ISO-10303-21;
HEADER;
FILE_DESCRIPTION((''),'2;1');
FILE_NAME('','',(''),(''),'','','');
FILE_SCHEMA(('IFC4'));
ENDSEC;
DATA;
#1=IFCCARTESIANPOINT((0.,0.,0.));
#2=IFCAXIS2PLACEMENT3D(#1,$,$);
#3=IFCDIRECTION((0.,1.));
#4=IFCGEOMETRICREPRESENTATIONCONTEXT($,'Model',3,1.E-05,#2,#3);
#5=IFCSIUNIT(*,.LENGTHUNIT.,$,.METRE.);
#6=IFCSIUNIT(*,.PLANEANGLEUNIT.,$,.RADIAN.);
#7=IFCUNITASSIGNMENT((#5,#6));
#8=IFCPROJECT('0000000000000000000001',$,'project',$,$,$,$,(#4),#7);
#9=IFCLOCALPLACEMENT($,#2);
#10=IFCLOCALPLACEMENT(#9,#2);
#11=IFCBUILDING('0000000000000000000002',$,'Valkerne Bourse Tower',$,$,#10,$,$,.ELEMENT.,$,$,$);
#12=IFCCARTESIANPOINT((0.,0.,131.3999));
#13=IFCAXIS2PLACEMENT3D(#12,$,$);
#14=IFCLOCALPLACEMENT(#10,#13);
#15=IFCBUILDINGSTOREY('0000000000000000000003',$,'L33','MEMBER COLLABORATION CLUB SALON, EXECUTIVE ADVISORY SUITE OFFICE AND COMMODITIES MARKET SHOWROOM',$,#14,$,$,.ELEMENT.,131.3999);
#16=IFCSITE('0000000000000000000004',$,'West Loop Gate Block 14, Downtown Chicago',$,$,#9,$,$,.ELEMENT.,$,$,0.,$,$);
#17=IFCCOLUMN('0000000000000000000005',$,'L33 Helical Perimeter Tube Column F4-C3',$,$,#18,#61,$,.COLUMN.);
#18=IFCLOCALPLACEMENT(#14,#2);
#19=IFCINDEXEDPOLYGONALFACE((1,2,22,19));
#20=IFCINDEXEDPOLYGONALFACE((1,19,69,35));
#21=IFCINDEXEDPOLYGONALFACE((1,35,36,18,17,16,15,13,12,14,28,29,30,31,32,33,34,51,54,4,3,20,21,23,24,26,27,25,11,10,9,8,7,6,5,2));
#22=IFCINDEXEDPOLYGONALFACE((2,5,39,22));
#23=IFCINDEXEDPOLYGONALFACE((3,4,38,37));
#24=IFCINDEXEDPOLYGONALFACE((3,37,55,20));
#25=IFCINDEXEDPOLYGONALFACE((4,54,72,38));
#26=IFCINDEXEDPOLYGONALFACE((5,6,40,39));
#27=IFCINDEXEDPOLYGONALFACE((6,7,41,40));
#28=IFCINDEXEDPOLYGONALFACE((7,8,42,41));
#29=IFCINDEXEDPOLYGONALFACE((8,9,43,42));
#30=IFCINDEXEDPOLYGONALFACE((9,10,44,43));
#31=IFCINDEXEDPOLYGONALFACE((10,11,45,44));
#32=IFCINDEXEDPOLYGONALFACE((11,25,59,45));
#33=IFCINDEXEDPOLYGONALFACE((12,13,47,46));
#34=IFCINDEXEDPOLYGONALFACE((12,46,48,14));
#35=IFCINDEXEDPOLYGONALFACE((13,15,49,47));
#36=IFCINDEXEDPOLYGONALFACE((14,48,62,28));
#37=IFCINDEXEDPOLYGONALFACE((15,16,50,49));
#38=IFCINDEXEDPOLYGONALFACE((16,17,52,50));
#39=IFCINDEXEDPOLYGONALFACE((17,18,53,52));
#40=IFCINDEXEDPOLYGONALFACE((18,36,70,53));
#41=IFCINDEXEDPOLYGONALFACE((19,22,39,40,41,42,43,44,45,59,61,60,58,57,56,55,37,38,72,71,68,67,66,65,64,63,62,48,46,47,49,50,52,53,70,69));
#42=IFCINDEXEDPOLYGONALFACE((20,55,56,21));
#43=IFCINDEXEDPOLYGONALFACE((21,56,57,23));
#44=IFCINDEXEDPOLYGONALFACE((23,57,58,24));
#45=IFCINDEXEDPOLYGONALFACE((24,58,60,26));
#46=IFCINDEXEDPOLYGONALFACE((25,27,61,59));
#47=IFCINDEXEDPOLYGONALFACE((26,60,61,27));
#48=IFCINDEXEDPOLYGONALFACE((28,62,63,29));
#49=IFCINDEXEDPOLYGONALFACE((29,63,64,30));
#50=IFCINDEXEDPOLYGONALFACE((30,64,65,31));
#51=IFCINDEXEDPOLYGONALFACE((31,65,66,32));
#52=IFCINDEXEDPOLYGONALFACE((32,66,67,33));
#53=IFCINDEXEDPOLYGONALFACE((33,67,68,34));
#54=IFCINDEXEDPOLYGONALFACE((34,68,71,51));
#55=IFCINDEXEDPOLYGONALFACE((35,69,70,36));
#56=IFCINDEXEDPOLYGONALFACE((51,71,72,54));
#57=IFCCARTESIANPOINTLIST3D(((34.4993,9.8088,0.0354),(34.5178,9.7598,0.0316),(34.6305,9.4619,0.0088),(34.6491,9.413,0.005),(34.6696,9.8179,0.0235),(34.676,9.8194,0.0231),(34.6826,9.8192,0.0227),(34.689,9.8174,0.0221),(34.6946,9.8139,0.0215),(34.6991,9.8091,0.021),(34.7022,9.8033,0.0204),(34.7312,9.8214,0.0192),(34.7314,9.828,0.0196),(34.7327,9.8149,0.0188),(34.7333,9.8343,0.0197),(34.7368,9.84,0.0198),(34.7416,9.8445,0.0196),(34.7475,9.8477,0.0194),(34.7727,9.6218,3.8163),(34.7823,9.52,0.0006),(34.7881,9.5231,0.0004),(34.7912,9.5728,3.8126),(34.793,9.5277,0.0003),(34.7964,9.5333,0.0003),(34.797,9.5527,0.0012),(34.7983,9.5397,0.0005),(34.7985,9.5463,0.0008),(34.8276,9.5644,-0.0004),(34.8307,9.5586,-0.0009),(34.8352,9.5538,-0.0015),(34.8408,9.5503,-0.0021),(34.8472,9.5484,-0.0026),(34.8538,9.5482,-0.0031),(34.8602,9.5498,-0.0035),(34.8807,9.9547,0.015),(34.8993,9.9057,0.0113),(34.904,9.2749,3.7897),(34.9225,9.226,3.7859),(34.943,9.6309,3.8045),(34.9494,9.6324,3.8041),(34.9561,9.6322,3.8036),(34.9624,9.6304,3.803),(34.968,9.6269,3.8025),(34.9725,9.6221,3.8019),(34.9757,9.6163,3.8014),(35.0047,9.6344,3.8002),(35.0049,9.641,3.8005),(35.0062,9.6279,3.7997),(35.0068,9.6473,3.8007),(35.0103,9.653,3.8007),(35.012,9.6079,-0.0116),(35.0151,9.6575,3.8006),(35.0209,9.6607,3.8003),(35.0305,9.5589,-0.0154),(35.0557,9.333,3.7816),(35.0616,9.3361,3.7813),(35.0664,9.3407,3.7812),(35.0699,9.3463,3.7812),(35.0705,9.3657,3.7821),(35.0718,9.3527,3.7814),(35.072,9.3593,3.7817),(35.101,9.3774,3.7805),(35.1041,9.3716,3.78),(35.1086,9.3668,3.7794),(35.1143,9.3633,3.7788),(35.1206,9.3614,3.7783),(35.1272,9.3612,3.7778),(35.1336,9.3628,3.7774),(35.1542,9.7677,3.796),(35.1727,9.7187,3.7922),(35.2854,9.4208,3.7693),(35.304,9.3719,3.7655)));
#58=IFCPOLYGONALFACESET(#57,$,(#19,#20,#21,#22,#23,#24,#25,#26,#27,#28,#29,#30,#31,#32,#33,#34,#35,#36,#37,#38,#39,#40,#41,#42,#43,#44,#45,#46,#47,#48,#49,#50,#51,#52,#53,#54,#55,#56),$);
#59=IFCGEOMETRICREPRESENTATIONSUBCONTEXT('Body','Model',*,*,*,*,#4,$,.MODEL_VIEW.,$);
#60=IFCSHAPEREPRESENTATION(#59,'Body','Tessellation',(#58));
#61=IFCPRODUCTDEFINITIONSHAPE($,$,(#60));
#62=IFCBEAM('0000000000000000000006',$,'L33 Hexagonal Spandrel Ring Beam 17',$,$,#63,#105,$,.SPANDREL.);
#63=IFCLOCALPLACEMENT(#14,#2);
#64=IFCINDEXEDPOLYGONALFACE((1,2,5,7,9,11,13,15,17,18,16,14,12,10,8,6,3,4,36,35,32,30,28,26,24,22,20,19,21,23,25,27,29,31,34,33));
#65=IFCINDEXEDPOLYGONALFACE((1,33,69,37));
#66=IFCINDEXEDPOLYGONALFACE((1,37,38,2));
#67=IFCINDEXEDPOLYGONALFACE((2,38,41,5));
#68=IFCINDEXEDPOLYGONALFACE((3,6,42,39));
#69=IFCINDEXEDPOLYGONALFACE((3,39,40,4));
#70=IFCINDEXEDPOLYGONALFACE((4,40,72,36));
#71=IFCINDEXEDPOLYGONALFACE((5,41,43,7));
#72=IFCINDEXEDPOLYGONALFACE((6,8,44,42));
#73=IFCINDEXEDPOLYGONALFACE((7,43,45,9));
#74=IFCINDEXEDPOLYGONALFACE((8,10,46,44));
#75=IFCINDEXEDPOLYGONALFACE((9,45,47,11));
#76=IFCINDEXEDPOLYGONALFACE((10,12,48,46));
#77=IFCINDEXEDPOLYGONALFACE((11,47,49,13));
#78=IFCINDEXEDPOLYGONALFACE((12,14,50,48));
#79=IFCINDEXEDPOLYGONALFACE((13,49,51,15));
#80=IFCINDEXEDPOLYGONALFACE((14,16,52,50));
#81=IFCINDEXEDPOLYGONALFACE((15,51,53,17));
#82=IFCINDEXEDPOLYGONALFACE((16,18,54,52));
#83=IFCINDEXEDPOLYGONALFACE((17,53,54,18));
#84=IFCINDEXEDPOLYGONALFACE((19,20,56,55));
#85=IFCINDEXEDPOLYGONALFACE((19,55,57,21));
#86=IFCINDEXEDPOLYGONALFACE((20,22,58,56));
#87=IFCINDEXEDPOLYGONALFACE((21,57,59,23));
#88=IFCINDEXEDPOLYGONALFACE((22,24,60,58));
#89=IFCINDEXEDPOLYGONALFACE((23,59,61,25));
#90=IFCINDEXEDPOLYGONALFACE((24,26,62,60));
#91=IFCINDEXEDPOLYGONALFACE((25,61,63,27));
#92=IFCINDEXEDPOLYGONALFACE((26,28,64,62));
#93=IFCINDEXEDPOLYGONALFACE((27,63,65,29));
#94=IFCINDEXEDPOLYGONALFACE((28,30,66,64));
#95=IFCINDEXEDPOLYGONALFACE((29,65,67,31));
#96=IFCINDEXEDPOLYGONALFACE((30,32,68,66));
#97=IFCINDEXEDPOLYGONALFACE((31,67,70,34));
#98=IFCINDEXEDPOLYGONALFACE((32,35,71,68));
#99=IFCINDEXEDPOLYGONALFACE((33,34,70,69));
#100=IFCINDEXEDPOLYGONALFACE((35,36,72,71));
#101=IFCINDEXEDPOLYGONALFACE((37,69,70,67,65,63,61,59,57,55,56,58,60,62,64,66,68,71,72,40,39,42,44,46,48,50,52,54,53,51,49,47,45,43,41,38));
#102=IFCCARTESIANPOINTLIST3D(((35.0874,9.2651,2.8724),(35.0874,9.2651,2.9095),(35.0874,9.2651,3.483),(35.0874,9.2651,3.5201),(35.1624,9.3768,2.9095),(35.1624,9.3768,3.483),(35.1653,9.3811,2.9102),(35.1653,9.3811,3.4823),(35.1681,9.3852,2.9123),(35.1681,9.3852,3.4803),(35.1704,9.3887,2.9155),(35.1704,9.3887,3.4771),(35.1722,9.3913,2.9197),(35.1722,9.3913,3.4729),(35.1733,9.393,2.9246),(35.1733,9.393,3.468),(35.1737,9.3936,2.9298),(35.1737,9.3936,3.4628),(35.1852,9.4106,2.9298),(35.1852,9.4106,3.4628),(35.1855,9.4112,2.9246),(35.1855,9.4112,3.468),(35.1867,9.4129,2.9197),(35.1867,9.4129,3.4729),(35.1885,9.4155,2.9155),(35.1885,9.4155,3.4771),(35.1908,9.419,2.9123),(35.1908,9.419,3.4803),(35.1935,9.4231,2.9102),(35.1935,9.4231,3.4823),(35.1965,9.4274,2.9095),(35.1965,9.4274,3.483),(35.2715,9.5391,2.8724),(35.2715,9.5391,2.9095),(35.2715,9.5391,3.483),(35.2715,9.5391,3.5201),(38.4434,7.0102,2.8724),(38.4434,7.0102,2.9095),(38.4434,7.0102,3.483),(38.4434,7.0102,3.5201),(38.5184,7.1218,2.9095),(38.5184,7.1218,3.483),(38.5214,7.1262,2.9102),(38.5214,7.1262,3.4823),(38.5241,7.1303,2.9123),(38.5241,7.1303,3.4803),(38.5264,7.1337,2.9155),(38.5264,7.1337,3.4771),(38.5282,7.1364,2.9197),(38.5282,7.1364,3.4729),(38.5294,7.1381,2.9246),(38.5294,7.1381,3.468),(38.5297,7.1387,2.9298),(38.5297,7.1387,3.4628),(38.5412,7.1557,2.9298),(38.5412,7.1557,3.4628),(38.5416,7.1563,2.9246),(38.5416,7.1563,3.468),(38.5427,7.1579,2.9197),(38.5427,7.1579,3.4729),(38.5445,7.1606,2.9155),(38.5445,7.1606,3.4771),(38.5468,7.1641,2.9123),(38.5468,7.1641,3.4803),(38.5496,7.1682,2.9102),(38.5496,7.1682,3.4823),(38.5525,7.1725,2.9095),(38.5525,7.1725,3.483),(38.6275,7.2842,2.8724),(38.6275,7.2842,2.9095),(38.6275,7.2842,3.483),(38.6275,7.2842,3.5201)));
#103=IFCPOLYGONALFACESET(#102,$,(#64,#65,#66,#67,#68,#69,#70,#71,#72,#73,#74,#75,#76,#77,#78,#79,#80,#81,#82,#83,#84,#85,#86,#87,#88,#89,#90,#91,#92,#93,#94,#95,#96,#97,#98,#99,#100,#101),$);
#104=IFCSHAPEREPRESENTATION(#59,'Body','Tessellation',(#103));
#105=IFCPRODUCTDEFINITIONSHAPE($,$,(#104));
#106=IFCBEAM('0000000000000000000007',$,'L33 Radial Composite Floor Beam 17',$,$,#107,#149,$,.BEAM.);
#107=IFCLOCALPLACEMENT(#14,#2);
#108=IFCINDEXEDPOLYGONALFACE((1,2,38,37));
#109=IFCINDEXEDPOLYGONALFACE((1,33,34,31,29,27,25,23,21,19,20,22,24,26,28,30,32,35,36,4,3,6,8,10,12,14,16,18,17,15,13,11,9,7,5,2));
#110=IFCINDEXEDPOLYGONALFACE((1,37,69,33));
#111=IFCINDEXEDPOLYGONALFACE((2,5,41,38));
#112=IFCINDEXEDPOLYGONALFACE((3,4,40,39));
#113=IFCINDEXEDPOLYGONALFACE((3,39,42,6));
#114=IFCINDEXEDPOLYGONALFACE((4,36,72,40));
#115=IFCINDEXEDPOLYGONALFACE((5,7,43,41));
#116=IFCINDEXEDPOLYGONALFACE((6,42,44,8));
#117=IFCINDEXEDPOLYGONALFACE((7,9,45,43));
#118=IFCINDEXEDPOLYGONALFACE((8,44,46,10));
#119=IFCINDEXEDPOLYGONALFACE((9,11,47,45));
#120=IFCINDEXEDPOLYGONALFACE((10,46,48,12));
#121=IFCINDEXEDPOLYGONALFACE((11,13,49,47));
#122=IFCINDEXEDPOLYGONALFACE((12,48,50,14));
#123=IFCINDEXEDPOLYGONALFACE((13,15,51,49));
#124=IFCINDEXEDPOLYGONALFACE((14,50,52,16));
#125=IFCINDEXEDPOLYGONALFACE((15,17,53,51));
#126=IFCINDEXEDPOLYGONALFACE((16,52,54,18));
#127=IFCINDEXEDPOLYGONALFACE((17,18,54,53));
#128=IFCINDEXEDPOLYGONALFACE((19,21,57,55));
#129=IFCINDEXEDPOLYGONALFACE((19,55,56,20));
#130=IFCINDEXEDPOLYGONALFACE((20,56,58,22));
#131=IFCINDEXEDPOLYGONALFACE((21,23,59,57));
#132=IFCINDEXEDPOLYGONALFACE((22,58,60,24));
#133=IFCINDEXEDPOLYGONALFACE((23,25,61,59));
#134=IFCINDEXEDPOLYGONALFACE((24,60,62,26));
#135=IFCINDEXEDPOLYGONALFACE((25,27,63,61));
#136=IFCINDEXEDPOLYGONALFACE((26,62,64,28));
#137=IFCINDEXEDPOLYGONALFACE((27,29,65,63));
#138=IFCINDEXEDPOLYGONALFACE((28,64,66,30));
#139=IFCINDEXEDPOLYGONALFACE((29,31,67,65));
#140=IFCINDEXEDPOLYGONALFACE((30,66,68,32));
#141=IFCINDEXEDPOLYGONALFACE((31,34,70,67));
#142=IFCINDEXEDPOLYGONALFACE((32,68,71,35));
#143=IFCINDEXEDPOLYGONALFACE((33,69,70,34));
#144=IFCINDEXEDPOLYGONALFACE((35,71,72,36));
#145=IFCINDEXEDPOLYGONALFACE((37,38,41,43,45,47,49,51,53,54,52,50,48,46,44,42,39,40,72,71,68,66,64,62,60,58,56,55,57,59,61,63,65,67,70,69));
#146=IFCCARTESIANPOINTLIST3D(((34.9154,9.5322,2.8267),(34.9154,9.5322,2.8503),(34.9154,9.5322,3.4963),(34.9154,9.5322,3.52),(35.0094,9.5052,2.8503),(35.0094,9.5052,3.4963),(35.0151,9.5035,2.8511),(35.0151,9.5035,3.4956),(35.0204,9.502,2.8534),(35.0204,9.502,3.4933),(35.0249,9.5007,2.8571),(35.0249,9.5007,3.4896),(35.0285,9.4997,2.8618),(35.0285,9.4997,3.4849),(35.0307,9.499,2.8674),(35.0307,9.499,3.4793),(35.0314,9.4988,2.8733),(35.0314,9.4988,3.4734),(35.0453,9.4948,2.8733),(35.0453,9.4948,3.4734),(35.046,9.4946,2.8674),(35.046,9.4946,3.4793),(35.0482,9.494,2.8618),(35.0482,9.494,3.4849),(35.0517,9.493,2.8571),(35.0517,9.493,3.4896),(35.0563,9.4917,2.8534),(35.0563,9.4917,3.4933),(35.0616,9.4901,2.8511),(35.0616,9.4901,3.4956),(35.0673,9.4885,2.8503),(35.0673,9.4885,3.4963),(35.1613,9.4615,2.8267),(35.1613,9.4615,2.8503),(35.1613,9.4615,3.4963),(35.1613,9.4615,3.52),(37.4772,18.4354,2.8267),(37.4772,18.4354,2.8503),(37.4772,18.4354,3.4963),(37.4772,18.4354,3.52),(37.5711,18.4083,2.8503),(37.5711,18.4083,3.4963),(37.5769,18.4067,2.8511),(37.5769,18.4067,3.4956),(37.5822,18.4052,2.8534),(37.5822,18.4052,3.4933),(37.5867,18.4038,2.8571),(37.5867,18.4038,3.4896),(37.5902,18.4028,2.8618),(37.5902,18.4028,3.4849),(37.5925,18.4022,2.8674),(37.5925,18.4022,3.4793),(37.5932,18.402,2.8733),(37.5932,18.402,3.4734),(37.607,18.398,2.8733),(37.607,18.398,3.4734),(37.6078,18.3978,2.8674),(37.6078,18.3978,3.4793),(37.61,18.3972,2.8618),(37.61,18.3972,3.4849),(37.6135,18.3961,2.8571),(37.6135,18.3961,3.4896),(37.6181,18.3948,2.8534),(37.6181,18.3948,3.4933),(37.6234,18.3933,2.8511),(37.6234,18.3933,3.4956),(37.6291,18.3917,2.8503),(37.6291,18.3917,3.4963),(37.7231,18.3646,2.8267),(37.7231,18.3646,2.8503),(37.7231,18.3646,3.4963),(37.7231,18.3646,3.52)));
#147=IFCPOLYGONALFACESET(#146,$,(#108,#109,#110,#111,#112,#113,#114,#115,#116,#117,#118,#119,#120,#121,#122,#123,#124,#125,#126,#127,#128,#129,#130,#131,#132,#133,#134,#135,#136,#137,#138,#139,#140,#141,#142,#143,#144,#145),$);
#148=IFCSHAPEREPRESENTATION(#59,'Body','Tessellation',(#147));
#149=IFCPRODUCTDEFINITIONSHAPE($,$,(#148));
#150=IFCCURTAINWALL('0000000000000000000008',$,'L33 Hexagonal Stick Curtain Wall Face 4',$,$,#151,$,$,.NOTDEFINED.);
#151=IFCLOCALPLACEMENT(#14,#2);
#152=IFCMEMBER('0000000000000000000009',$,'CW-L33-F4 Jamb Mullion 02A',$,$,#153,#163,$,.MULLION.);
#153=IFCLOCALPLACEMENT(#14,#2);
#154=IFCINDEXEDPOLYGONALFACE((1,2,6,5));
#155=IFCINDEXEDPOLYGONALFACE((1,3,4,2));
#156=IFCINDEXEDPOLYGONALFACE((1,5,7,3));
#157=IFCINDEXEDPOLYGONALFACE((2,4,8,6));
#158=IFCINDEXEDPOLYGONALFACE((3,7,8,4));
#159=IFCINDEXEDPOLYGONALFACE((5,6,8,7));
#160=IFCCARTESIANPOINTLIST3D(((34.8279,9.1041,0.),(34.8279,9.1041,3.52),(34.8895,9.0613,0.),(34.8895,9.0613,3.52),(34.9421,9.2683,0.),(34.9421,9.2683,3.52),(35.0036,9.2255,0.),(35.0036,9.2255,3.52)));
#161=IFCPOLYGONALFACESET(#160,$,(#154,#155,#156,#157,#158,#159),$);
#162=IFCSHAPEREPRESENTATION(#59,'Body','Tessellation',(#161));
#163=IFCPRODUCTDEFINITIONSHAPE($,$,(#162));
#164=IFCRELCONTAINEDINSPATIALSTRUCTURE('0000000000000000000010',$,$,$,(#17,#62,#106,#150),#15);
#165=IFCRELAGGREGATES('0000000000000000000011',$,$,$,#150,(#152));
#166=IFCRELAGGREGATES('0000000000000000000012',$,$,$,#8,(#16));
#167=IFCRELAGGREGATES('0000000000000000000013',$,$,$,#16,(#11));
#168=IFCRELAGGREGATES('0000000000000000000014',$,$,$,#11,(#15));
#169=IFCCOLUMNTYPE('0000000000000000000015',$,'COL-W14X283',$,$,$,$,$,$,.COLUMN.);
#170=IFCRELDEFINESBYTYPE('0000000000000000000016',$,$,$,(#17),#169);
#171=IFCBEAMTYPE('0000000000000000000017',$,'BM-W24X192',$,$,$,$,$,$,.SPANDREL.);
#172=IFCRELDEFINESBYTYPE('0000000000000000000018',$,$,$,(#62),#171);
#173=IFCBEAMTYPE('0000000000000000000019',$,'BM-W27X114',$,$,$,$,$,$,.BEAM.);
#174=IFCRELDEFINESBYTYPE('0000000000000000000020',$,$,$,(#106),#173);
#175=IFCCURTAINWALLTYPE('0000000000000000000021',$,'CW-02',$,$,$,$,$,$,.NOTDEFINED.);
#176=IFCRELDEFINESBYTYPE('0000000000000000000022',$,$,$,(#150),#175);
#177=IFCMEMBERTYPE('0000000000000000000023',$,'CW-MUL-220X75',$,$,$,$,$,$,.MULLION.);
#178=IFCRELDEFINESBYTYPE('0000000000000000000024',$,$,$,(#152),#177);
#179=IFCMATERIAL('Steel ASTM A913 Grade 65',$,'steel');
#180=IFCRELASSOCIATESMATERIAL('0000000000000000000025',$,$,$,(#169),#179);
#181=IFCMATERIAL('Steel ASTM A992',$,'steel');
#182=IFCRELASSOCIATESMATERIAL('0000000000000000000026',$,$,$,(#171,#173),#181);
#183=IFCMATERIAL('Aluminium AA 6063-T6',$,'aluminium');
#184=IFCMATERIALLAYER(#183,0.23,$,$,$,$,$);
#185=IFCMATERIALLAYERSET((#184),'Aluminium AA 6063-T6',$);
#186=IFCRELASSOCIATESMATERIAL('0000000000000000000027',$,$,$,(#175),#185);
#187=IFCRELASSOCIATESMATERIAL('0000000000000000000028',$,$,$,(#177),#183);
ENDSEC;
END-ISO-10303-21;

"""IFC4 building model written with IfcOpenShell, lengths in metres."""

from ifc_helpers import new_model, si_unit, direction, frame, origin, origin_2d, place, context, subcontext, project, spatial, rectangle, i_section, extrude, material, layer, layer_set, material_profile, profile_set, type_object, element, aggregate, save


model = new_model("IFC4")

# Units and contexts
model_context = context("Model", 3, precision=1e-05, world=origin(), true_north=direction((0.0, 1.0)))
body_context = subcontext(model_context, "Body", "Model", "MODEL_VIEW")
ifc_project = project(units=[si_unit("LENGTHUNIT", "METRE"), si_unit("PLANEANGLEUNIT", "RADIAN")], contexts=[model_context])

# Site, building, storey
site_placement = place(None, origin())
site = spatial("IfcSite", under=ifc_project, at=site_placement, Name="West Loop Gate Block 14, Downtown Chicago", CompositionType="ELEMENT", RefElevation=0.0)
building_placement = place(site_placement, origin())
building = spatial("IfcBuilding", under=site, at=building_placement, Name="Valkerne Bourse Tower", CompositionType="ELEMENT")
storey_placement = place(building_placement, frame((0.0, 0.0, 131.3999)))
storey = spatial("IfcBuildingStorey", under=building, at=storey_placement, Name="L33", Description="MEMBER COLLABORATION CLUB SALON, EXECUTIVE ADVISORY SUITE OFFICE AND COMMODITIES MARKET SHOWROOM", CompositionType="ELEMENT", Elevation=131.3999)

# Column
ifc_material_1 = material(Name="Steel ASTM A913 Grade 65", Category="steel")
ifc_material_profile_1 = material_profile(ifc_material_1, i_section(OverallWidth=0.4089, OverallDepth=0.4243, WebThickness=0.0327, FlangeThickness=0.0525, FilletRadius=0.0254, at=origin_2d()), Name="W14X283")
ifc_profile_set_1 = profile_set([ifc_material_profile_1], Name="Steel ASTM A913 Grade 65")
column_type = type_object("IfcColumnType", Name="COL-W14X283", PredefinedType="COLUMN", material=ifc_profile_set_1)
column_placement = place(storey_placement, frame((34.7649, 9.6838, 0.01), z_axis=(0.072043, -0.049272, 0.996184), x_axis=(0.932838, 0.356837, -0.049812)))
element("IfcColumn", 1, at=column_placement, inside=storey, type_object=column_type, Name="L33 Helical Perimeter Tube Column F4-C3", PredefinedType="COLUMN", context=body_context, shape_type="SweptSolid", body=[
    extrude(i_section(OverallWidth=0.4089, OverallDepth=0.4243, WebThickness=0.0327, FlangeThickness=0.0525, FilletRadius=0.0254, at=origin_2d()), origin(), (0.0, 0.0, 1.0), 3.7954),
])

# Beams
ifc_material_2 = material(Name="Steel ASTM A992", Category="steel")
ifc_material_profile_2 = material_profile(ifc_material_2, i_section(OverallWidth=0.3301, OverallDepth=0.6477, WebThickness=0.0205, FlangeThickness=0.0371, FilletRadius=0.0203, at=origin_2d()), Name="W24X192")
ifc_profile_set_2 = profile_set([ifc_material_profile_2], Name="Steel ASTM A992")
beam_type_1 = type_object("IfcBeamType", Name="BM-W24X192", PredefinedType="SPANDREL", material=ifc_profile_set_2)
beam_1_placement = place(storey_placement, frame((35.1794, 9.4021, 3.1963), z_axis=(0.830038, -0.557706, 0.0), x_axis=(0.557706, 0.830038, 0.0)))
element("IfcBeam", 2, at=beam_1_placement, inside=storey, type_object=beam_type_1, Name="L33 Hexagonal Spandrel Ring Beam 17", PredefinedType="SPANDREL", context=body_context, shape_type="SweptSolid", body=[
    extrude(i_section(OverallWidth=0.3301, OverallDepth=0.6477, WebThickness=0.0205, FlangeThickness=0.0371, FilletRadius=0.0203, at=origin_2d()), origin(), (0.0, 0.0, 1.0), 4.0432),
])
ifc_material_profile_3 = material_profile(ifc_material_2, i_section(OverallWidth=0.2559, OverallDepth=0.6934, WebThickness=0.0144, FlangeThickness=0.0237, FilletRadius=0.0229, at=origin_2d()), Name="W27X114")
ifc_profile_set_3 = profile_set([ifc_material_profile_3], Name="Steel ASTM A992")
beam_type_2 = type_object("IfcBeamType", Name="BM-W27X114", PredefinedType="BEAM", material=ifc_profile_set_3)
beam_2_placement = place(storey_placement, frame((35.0383, 9.4968, 3.1733), z_axis=(0.27652, 0.961008, 0.0), x_axis=(-0.961008, 0.27652, 0.0)))
element("IfcBeam", 3, at=beam_2_placement, inside=storey, type_object=beam_type_2, Name="L33 Radial Composite Floor Beam 17", PredefinedType="BEAM", context=body_context, shape_type="SweptSolid", body=[
    extrude(i_section(OverallWidth=0.2559, OverallDepth=0.6934, WebThickness=0.0144, FlangeThickness=0.0237, FilletRadius=0.0229, at=origin_2d()), origin(), (0.0, 0.0, 1.0), 9.2644),
])

# Curtain wall, member
ifc_material_3 = material(Name="Aluminium AA 6063-T6", Category="aluminium")
ifc_layer_1 = layer(ifc_material_3, 0.23)
ifc_layer_set_1 = layer_set([ifc_layer_1], Name="Aluminium AA 6063-T6")
curtain_wall_type = type_object("IfcCurtainWallType", Name="CW-02", PredefinedType="NOTDEFINED", material=ifc_layer_set_1)
curtain_wall_placement = place(storey_placement, origin())
curtain_wall = element("IfcCurtainWall", 4, at=curtain_wall_placement, inside=storey, type_object=curtain_wall_type, Name="L33 Hexagonal Stick Curtain Wall Face 4", PredefinedType="NOTDEFINED")
ifc_material_profile_4 = material_profile(ifc_material_3, rectangle(XDim=0.075, YDim=0.2, at=origin_2d()), Name="CWM-75X200")
ifc_profile_set_4 = profile_set([ifc_material_profile_4], Name="Aluminium AA 6063-T6")
member_type_1 = type_object("IfcMemberType", Name="CW-MUL-220X75", PredefinedType="MULLION", material=ifc_profile_set_4)
member_1_placement = place(storey_placement, frame((34.9158, 9.1648, 0.0), z_axis=(0.0, 0.0, 1.0), x_axis=(0.821146, -0.570718, 0.0)))
member_1 = element("IfcMember", 5, at=member_1_placement, type_object=member_type_1, Name="CW-L33-F4 Jamb Mullion 02A", PredefinedType="MULLION", context=body_context, shape_type="SweptSolid", body=[
    extrude(rectangle(XDim=0.075, YDim=0.2, at=origin_2d()), origin(), (0.0, 0.0, 1.0), 3.52),
])

aggregate(curtain_wall, [member_1])

save(model, "model.ifc")
